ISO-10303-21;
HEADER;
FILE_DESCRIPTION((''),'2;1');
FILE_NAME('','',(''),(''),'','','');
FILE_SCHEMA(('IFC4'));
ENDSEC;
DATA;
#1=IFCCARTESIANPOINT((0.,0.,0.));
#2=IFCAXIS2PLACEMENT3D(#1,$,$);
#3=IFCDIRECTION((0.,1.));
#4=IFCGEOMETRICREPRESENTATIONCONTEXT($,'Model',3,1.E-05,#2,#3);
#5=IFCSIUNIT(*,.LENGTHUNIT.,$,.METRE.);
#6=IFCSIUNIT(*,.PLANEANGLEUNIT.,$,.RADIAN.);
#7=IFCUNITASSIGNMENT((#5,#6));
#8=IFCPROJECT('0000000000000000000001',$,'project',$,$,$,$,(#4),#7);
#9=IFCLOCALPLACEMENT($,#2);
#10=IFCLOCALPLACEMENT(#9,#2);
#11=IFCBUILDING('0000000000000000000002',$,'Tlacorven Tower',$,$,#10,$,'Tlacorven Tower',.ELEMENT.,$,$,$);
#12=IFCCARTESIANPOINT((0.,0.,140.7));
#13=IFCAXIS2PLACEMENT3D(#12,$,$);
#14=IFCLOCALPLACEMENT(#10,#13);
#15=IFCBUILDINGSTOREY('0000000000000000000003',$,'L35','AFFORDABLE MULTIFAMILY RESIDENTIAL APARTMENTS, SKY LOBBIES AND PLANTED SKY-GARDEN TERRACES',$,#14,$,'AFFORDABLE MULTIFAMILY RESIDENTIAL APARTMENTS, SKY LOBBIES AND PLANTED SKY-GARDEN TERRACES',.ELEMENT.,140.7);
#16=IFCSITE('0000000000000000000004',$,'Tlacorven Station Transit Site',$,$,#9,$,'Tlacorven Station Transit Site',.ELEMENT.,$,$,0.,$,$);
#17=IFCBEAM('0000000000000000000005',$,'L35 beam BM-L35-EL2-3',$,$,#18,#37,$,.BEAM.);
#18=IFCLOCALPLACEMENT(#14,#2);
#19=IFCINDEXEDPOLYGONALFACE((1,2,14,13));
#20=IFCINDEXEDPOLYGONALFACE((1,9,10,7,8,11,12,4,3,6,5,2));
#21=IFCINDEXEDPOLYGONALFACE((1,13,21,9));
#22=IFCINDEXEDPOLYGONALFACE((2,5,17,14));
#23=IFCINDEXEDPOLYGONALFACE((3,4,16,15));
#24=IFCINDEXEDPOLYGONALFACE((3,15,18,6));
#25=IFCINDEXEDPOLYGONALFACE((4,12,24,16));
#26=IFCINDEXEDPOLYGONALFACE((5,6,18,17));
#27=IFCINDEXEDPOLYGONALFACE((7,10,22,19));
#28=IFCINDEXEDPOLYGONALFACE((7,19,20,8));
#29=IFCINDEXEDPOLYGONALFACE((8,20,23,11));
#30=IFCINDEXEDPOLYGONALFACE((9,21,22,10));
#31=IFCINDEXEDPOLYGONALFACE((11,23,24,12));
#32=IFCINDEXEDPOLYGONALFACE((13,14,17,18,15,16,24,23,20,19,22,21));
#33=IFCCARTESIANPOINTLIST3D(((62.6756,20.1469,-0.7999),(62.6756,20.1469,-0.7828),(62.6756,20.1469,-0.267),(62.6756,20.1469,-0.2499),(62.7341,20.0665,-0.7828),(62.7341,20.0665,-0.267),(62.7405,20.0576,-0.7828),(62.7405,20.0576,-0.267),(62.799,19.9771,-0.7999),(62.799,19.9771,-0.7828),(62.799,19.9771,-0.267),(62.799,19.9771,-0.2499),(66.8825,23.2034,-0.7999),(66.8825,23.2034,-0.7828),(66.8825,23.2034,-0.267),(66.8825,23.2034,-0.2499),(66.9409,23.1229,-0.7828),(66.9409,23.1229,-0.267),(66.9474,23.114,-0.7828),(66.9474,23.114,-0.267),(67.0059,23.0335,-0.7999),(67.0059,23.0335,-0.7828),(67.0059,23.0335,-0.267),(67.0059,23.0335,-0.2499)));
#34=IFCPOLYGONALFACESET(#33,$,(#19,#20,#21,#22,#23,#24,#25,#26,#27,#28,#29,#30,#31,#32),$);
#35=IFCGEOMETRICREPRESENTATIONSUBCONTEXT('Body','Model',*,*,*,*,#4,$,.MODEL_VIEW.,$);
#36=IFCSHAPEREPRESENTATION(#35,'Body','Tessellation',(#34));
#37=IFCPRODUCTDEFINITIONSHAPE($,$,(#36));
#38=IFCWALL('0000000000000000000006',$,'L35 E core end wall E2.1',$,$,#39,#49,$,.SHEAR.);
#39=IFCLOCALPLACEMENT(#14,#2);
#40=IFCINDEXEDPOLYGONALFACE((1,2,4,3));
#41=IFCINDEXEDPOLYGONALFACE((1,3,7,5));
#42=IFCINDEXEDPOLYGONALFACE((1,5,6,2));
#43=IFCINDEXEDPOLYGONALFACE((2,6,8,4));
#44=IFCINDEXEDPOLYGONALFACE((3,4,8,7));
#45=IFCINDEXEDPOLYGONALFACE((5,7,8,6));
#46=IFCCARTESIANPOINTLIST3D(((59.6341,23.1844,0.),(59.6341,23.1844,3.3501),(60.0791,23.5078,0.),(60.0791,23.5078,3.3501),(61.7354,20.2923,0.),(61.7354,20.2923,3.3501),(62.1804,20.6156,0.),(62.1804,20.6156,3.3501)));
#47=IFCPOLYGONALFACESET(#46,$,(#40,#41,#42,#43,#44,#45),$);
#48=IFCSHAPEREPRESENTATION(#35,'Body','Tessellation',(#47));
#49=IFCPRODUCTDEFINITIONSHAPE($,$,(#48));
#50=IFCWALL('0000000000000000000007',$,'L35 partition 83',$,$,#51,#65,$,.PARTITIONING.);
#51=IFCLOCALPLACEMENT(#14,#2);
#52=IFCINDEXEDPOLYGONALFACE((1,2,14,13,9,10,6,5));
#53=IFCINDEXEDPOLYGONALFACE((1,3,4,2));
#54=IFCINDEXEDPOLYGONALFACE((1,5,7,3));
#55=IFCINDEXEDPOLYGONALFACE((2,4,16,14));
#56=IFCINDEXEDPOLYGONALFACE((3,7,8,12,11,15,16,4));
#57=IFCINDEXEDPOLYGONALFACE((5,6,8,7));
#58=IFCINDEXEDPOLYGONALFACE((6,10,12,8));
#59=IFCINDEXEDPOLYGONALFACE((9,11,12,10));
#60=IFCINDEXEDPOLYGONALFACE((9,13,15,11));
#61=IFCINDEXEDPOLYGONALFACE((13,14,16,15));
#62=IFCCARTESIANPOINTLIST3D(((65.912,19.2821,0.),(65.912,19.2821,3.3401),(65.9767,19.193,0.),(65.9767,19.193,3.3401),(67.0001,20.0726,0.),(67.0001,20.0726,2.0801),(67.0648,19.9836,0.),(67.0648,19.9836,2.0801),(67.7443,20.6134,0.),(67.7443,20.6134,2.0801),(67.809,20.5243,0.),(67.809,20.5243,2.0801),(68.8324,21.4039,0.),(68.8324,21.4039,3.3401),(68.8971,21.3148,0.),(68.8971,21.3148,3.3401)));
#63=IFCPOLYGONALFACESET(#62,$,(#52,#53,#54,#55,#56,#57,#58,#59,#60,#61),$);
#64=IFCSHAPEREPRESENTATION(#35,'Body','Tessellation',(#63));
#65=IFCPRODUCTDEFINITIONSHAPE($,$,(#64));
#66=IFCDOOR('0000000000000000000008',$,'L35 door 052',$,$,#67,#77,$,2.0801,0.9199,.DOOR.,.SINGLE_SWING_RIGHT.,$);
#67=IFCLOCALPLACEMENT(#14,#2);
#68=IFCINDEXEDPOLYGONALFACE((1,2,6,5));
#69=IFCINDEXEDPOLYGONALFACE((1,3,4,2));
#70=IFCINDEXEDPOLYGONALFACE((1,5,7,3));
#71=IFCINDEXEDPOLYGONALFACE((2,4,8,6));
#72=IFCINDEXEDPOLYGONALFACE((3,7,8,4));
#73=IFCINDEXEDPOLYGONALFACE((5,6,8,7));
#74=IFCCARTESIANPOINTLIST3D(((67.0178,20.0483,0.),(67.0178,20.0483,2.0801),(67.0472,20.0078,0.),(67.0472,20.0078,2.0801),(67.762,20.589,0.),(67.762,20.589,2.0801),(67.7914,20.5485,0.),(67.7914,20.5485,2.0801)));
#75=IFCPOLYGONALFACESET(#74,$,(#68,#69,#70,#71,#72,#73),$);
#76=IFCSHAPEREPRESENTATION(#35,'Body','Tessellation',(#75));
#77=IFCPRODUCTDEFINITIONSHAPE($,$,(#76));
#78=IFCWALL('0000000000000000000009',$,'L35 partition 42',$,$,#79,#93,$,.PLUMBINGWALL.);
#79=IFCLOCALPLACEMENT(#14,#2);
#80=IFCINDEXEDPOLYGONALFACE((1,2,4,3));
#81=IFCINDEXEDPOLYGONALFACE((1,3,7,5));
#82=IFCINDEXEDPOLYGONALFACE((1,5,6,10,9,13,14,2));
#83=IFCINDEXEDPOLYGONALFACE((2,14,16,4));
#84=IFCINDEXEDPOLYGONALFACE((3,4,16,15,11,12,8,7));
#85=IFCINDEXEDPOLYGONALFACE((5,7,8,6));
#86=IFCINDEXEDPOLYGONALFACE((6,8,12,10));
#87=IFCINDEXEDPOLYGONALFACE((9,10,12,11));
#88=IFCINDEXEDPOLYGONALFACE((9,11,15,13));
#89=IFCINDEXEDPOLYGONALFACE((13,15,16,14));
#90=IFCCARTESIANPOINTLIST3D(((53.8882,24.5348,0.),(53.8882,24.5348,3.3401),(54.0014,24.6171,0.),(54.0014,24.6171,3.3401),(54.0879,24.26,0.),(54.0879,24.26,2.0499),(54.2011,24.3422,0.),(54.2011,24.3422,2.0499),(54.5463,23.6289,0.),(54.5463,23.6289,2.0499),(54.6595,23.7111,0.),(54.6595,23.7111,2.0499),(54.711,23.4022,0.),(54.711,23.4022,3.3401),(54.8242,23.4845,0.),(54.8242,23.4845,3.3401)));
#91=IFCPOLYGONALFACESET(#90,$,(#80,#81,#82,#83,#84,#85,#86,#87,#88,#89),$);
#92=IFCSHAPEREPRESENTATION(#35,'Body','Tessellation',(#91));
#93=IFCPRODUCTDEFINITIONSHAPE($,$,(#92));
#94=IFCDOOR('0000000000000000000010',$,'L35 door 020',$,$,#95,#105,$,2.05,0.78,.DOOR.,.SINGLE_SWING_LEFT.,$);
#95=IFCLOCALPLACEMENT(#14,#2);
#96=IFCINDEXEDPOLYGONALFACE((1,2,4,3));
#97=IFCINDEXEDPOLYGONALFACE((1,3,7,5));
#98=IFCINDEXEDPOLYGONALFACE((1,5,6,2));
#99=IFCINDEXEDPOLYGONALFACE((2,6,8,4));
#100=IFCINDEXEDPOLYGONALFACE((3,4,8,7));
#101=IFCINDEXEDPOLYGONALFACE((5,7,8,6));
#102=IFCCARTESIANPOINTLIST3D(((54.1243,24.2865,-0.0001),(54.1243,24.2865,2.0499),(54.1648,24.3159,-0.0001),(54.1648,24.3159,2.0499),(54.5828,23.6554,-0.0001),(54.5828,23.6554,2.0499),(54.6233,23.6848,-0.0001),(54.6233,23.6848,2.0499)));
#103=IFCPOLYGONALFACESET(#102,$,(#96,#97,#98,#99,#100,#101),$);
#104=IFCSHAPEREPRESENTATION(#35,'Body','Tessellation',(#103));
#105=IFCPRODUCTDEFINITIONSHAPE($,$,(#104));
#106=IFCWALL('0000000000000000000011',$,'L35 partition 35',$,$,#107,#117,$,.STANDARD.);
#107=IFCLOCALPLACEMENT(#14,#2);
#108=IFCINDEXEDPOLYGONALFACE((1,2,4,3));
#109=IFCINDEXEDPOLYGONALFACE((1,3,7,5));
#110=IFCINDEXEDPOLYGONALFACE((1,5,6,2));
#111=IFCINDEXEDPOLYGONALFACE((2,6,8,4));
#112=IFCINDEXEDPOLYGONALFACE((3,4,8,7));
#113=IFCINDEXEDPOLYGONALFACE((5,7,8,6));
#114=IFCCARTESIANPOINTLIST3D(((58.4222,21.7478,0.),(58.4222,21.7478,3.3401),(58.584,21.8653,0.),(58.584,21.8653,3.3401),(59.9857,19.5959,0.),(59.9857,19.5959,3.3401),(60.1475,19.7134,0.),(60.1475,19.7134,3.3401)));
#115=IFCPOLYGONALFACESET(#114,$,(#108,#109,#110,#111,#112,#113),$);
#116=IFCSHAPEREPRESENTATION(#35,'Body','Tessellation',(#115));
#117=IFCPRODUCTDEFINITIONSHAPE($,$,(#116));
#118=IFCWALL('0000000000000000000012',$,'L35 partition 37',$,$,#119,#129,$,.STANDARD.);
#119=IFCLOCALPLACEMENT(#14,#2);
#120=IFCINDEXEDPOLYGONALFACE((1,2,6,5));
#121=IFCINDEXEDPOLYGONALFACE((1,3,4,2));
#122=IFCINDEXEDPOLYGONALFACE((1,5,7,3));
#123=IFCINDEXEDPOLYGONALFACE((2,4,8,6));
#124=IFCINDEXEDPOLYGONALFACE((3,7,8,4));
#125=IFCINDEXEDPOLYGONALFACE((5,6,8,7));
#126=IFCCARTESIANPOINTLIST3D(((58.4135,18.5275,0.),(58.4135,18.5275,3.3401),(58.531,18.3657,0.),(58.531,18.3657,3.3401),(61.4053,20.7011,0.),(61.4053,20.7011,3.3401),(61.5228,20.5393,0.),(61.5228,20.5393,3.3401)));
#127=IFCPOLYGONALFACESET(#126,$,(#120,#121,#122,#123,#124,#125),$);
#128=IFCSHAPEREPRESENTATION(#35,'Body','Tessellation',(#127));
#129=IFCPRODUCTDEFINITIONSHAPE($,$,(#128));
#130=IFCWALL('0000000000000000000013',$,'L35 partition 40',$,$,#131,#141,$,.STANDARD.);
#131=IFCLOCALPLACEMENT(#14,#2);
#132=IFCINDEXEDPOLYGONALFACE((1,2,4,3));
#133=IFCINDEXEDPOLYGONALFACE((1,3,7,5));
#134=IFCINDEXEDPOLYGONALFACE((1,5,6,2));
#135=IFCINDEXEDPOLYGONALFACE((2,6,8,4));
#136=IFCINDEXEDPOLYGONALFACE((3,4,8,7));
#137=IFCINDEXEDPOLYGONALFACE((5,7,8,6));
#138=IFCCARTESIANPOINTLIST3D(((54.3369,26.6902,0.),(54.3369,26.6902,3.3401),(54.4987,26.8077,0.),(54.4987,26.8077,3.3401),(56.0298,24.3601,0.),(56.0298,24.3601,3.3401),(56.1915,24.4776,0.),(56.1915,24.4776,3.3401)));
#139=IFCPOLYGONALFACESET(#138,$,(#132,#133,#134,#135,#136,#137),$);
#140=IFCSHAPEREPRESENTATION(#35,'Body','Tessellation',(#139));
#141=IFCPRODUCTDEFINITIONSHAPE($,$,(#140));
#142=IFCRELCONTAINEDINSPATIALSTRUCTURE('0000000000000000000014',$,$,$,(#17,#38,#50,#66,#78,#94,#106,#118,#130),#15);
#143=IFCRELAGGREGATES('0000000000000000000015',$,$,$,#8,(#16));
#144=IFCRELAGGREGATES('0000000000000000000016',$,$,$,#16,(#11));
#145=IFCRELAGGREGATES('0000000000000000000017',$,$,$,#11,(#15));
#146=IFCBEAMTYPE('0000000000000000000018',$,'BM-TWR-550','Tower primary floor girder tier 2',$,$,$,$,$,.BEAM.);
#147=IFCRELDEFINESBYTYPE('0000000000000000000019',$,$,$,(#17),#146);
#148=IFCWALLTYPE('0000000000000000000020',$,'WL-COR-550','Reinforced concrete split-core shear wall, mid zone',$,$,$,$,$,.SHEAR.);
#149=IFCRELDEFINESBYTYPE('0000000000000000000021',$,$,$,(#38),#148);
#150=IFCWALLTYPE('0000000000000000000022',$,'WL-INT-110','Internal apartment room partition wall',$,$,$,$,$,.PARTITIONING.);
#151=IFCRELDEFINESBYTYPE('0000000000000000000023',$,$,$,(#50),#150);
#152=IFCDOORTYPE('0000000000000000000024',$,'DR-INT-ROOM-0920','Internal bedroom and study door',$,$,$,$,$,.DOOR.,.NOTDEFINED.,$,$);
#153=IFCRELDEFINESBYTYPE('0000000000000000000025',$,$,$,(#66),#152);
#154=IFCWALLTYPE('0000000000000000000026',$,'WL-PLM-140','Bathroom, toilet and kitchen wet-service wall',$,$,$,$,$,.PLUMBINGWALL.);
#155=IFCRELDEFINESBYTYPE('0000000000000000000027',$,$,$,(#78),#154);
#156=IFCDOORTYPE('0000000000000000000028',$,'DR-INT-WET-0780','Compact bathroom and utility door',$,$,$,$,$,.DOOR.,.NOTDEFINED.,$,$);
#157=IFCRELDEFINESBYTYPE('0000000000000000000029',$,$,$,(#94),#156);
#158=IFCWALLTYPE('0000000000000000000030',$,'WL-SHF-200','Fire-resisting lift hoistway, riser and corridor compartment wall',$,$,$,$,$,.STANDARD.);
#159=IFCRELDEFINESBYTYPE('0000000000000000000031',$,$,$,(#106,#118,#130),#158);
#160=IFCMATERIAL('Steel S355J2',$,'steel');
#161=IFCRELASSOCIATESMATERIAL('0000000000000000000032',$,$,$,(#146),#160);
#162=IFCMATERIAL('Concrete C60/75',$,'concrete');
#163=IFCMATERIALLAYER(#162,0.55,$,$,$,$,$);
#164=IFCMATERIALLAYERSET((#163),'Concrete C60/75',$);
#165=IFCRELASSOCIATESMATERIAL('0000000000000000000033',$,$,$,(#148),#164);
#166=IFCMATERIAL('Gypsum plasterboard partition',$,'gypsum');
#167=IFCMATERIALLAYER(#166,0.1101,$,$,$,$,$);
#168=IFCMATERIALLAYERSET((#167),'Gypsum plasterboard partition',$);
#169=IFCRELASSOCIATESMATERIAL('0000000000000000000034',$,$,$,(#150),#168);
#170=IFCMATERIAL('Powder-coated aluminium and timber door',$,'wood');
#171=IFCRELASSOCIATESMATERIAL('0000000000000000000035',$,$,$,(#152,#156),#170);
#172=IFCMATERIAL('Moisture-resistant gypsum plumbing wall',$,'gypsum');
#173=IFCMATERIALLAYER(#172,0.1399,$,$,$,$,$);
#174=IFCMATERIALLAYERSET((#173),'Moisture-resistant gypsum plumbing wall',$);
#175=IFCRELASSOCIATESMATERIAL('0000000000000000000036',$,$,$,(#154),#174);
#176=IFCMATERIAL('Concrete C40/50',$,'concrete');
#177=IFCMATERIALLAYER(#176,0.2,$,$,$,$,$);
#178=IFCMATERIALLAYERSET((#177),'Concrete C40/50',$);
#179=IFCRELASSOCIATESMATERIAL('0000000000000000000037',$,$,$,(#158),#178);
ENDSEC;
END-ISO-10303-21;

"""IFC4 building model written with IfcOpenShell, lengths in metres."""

from ifc_helpers import new_model, si_unit, direction, frame, frame_2d, origin, origin_2d, place, context, subcontext, project, spatial, rectangle, i_section, extrude, source, transform, mapped, material, layer, layer_set, material_profile, profile_set, type_object, element, fill, save


model = new_model("IFC4")

# Units and contexts
model_context = context("Model", 3, precision=1e-05, world=origin(), true_north=direction((0.0, 1.0)))
body_context = subcontext(model_context, "Body", "Model", "MODEL_VIEW")
ifc_project = project(units=[si_unit("LENGTHUNIT", "METRE"), si_unit("PLANEANGLEUNIT", "RADIAN")], contexts=[model_context])

# Site, building, storey
site_placement = place(None, origin())
site = spatial("IfcSite", under=ifc_project, at=site_placement, Name="Tlacorven Station Transit Site", LongName="Tlacorven Station Transit Site", CompositionType="ELEMENT", RefElevation=0.0)
building_placement = place(site_placement, origin())
building = spatial("IfcBuilding", under=site, at=building_placement, Name="Tlacorven Tower", LongName="Tlacorven Tower", CompositionType="ELEMENT")
storey_placement = place(building_placement, frame((0.0, 0.0, 140.7)))
storey = spatial("IfcBuildingStorey", under=building, at=storey_placement, Name="L35", Description="AFFORDABLE MULTIFAMILY RESIDENTIAL APARTMENTS, SKY LOBBIES AND PLANTED SKY-GARDEN TERRACES", LongName="AFFORDABLE MULTIFAMILY RESIDENTIAL APARTMENTS, SKY LOBBIES AND PLANTED SKY-GARDEN TERRACES", CompositionType="ELEMENT", Elevation=140.7)

# Beam
ifc_material_1 = material(Name="Concrete C60/75", Category="concrete")
ifc_material_2 = material(Name="Steel S355J2", Category="steel")
ifc_material_profile_1 = material_profile(ifc_material_2, i_section(OverallWidth=0.21, OverallDepth=0.55, WebThickness=0.011, FlangeThickness=0.0171, at=origin_2d()), Name="IPE 550")
ifc_profile_set_1 = profile_set([ifc_material_profile_1], Name="Steel S355J2")
beam_type_1 = type_object("IfcBeamType", Name="BM-TWR-550", Description="Tower primary floor girder tier 2", PredefinedType="BEAM", material=ifc_profile_set_1)
shared_shape_1 = source(origin(), body_context, "Body", "SweptSolid", [
    extrude(i_section(OverallWidth=0.21, OverallDepth=0.55, WebThickness=0.011, FlangeThickness=0.0171, at=origin_2d()), origin(), (0.0, 0.0, 1.0), 5.2),
])
beam_1_placement = place(storey_placement, frame((62.7373, 20.062, -0.5249), z_axis=(0.809018, 0.587784, 0.0), x_axis=(-0.587784, 0.809018, 0.0)))
element("IfcBeam", 1, at=beam_1_placement, inside=storey, type_object=beam_type_1, Name="L35 beam BM-L35-EL2-3", PredefinedType="BEAM", context=body_context, shape_type="MappedRepresentation", body=[
    mapped(shared_shape_1, transform((0.0, 0.0, 0.0), scale=1.0)),
])

# Wall
ifc_layer_1 = layer(ifc_material_1, 0.55)
ifc_layer_set_1 = layer_set([ifc_layer_1], Name="Concrete C60/75")
wall_type_1 = type_object("IfcWallType", Name="WL-COR-550", Description="Reinforced concrete split-core shear wall, mid zone", PredefinedType="SHEAR", material=ifc_layer_set_1)
wall_1_placement = place(storey_placement, frame((61.958, 20.4539, 0.0), z_axis=(0.0, 0.0, 1.0), x_axis=(-0.587802, 0.809005, 0.0)))
element("IfcWall", 2, at=wall_1_placement, inside=storey, type_object=wall_type_1, Name="L35 E core end wall E2.1", PredefinedType="SHEAR", context=body_context, shape_type="SweptSolid", body=[
    extrude(rectangle(XDim=3.575, YDim=0.55, at=frame_2d((1.7876, 0.0))), origin(), (0.0, 0.0, 1.0), 3.3501),
])

# Walls, openings, doors
ifc_material_3 = material(Name="Gypsum plasterboard partition", Category="gypsum")
ifc_layer_2 = layer(ifc_material_3, 0.1101)
ifc_layer_set_2 = layer_set([ifc_layer_2], Name="Gypsum plasterboard partition")
wall_type_2 = type_object("IfcWallType", Name="WL-INT-110", Description="Internal apartment room partition wall", PredefinedType="PARTITIONING", material=ifc_layer_set_2)
wall_2_placement = place(storey_placement, frame((65.9443, 19.2375, 0.0), z_axis=(0.0, 0.0, 1.0), x_axis=(0.809014, 0.58779, 0.0)))
wall_2 = element("IfcWall", 3, at=wall_2_placement, inside=storey, type_object=wall_type_2, Name="L35 partition 83", PredefinedType="PARTITIONING", context=body_context, shape_type="SweptSolid", body=[
    extrude(rectangle(XDim=3.6099, YDim=0.1101, at=frame_2d((1.8049, 0.0))), origin(), (0.0, 0.0, 1.0), 3.3401),
])
opening_1_placement = place(wall_2_placement, frame((1.345, 0.0, 0.0)))
opening_1 = element("IfcOpeningElement", 4, at=opening_1_placement, cuts=wall_2, PredefinedType="OPENING", context=body_context, shape_type="SweptSolid", body=[
    extrude(rectangle(XDim=0.9199, YDim=2.0801, at=frame_2d((0.46, 1.04))), frame((0.0, 0.0649, 0.0), z_axis=(0.0, -1.0, 0.0), x_axis=(1.0, 0.0, 0.0)), (0.0, 0.0, 1.0), 0.1301),
])
ifc_material_4 = material(Name="Powder-coated aluminium and timber door", Category="wood")
door_type_1 = type_object("IfcDoorType", Name="DR-INT-ROOM-0920", Description="Internal bedroom and study door", OperationType="NOTDEFINED", PredefinedType="DOOR", material=ifc_material_4)
shared_shape_2 = source(origin(), body_context, "Body", "SweptSolid", [
    extrude(rectangle(XDim=0.9199, YDim=2.0801, at=frame_2d((0.46, 1.04))), frame((0.0, 0.0249, 0.0), z_axis=(0.0, -1.0, 0.0), x_axis=(1.0, 0.0, 0.0)), (0.0, 0.0, 1.0), 0.05),
])
door_1_placement = place(opening_1_placement, origin())
door_1 = element("IfcDoor", 5, at=door_1_placement, inside=storey, type_object=door_type_1, Name="L35 door 052", OperationType="SINGLE_SWING_RIGHT", OverallHeight=2.0801, OverallWidth=0.9199, PredefinedType="DOOR", context=body_context, shape_type="MappedRepresentation", body=[
    mapped(shared_shape_2, transform((0.0, 0.0, 0.0), scale=1.0)),
])
fill(opening_1, door_1)
ifc_material_5 = material(Name="Moisture-resistant gypsum plumbing wall", Category="gypsum")
ifc_layer_3 = layer(ifc_material_5, 0.1399)
ifc_layer_set_3 = layer_set([ifc_layer_3], Name="Moisture-resistant gypsum plumbing wall")
wall_type_3 = type_object("IfcWallType", Name="WL-PLM-140", Description="Bathroom, toilet and kitchen wet-service wall", PredefinedType="PLUMBINGWALL", material=ifc_layer_set_3)
wall_3_placement = place(storey_placement, frame((54.7676, 23.4434, 0.0), z_axis=(0.0, 0.0, 1.0), x_axis=(-0.587736, 0.809053, 0.0)))
wall_3 = element("IfcWall", 6, at=wall_3_placement, inside=storey, type_object=wall_type_3, Name="L35 partition 42", PredefinedType="PLUMBINGWALL", context=body_context, shape_type="SweptSolid", body=[
    extrude(rectangle(XDim=1.3999, YDim=0.1399, at=frame_2d((0.7, 0.0))), origin(), (0.0, 0.0, 1.0), 3.3401),
])
opening_2_placement = place(wall_3_placement, frame((0.28, 0.0, 0.0)))
opening_2 = element("IfcOpeningElement", 7, at=opening_2_placement, cuts=wall_3, PredefinedType="OPENING", context=body_context, shape_type="SweptSolid", body=[
    extrude(rectangle(XDim=0.78, YDim=2.05, at=frame_2d((0.3901, 1.0249))), frame((0.0, 0.0801, 0.0), z_axis=(0.0, -1.0, 0.0), x_axis=(1.0, 0.0, 0.0)), (0.0, 0.0, 1.0), 0.1599),
])
door_type_2 = type_object("IfcDoorType", Name="DR-INT-WET-0780", Description="Compact bathroom and utility door", OperationType="NOTDEFINED", PredefinedType="DOOR", material=ifc_material_4)
shared_shape_3 = source(origin(), body_context, "Body", "SweptSolid", [
    extrude(rectangle(XDim=0.78, YDim=2.05, at=frame_2d((0.3901, 1.0249))), frame((0.0, 0.0249, 0.0), z_axis=(0.0, -1.0, 0.0), x_axis=(1.0, 0.0, 0.0)), (0.0, 0.0, 1.0), 0.05),
])
door_2_placement = place(opening_2_placement, origin())
door_2 = element("IfcDoor", 8, at=door_2_placement, inside=storey, type_object=door_type_2, Name="L35 door 020", OperationType="SINGLE_SWING_LEFT", OverallHeight=2.05, OverallWidth=0.78, PredefinedType="DOOR", context=body_context, shape_type="MappedRepresentation", body=[
    mapped(shared_shape_3, transform((0.0, 0.0, 0.0), scale=1.0)),
])
fill(opening_2, door_2)

# Shared definitions
ifc_material_6 = material(Name="Concrete C40/50", Category="concrete")
ifc_layer_4 = layer(ifc_material_6, 0.2)
ifc_layer_set_4 = layer_set([ifc_layer_4], Name="Concrete C40/50")
wall_type_4 = type_object("IfcWallType", Name="WL-SHF-200", Description="Fire-resisting lift hoistway, riser and corridor compartment wall", PredefinedType="STANDARD", material=ifc_layer_set_4)

# Walls
wall_4_placement = place(storey_placement, frame((60.0667, 19.6545, 0.0), z_axis=(0.0, 0.0, 1.0), x_axis=(-0.587801, 0.809006, 0.0)))
element("IfcWall", 9, at=wall_4_placement, inside=storey, type_object=wall_type_4, Name="L35 partition 35", PredefinedType="STANDARD", context=body_context, shape_type="SweptSolid", body=[
    extrude(rectangle(XDim=2.6599, YDim=0.2, at=frame_2d((1.3301, 0.0))), origin(), (0.0, 0.0, 1.0), 3.3401),
])
wall_5_placement = place(storey_placement, frame((58.4722, 18.4465, 0.0), z_axis=(0.0, 0.0, 1.0), x_axis=(0.809019, 0.587783, 0.0)))
element("IfcWall", 10, at=wall_5_placement, inside=storey, type_object=wall_type_4, Name="L35 partition 37", PredefinedType="STANDARD", context=body_context, shape_type="SweptSolid", body=[
    extrude(rectangle(XDim=3.698, YDim=0.2, at=frame_2d((1.8491, 0.0))), origin(), (0.0, 0.0, 1.0), 3.3401),
])
wall_6_placement = place(storey_placement, frame((56.1106, 24.4189, 0.0), z_axis=(0.0, 0.0, 1.0), x_axis=(-0.587778, 0.809022, 0.0)))
element("IfcWall", 11, at=wall_6_placement, inside=storey, type_object=wall_type_4, Name="L35 partition 40", PredefinedType="STANDARD", context=body_context, shape_type="SweptSolid", body=[
    extrude(rectangle(XDim=2.8801, YDim=0.2, at=frame_2d((1.4399, 0.0))), origin(), (0.0, 0.0, 1.0), 3.3401),
])

save(model, "model.ifc")
